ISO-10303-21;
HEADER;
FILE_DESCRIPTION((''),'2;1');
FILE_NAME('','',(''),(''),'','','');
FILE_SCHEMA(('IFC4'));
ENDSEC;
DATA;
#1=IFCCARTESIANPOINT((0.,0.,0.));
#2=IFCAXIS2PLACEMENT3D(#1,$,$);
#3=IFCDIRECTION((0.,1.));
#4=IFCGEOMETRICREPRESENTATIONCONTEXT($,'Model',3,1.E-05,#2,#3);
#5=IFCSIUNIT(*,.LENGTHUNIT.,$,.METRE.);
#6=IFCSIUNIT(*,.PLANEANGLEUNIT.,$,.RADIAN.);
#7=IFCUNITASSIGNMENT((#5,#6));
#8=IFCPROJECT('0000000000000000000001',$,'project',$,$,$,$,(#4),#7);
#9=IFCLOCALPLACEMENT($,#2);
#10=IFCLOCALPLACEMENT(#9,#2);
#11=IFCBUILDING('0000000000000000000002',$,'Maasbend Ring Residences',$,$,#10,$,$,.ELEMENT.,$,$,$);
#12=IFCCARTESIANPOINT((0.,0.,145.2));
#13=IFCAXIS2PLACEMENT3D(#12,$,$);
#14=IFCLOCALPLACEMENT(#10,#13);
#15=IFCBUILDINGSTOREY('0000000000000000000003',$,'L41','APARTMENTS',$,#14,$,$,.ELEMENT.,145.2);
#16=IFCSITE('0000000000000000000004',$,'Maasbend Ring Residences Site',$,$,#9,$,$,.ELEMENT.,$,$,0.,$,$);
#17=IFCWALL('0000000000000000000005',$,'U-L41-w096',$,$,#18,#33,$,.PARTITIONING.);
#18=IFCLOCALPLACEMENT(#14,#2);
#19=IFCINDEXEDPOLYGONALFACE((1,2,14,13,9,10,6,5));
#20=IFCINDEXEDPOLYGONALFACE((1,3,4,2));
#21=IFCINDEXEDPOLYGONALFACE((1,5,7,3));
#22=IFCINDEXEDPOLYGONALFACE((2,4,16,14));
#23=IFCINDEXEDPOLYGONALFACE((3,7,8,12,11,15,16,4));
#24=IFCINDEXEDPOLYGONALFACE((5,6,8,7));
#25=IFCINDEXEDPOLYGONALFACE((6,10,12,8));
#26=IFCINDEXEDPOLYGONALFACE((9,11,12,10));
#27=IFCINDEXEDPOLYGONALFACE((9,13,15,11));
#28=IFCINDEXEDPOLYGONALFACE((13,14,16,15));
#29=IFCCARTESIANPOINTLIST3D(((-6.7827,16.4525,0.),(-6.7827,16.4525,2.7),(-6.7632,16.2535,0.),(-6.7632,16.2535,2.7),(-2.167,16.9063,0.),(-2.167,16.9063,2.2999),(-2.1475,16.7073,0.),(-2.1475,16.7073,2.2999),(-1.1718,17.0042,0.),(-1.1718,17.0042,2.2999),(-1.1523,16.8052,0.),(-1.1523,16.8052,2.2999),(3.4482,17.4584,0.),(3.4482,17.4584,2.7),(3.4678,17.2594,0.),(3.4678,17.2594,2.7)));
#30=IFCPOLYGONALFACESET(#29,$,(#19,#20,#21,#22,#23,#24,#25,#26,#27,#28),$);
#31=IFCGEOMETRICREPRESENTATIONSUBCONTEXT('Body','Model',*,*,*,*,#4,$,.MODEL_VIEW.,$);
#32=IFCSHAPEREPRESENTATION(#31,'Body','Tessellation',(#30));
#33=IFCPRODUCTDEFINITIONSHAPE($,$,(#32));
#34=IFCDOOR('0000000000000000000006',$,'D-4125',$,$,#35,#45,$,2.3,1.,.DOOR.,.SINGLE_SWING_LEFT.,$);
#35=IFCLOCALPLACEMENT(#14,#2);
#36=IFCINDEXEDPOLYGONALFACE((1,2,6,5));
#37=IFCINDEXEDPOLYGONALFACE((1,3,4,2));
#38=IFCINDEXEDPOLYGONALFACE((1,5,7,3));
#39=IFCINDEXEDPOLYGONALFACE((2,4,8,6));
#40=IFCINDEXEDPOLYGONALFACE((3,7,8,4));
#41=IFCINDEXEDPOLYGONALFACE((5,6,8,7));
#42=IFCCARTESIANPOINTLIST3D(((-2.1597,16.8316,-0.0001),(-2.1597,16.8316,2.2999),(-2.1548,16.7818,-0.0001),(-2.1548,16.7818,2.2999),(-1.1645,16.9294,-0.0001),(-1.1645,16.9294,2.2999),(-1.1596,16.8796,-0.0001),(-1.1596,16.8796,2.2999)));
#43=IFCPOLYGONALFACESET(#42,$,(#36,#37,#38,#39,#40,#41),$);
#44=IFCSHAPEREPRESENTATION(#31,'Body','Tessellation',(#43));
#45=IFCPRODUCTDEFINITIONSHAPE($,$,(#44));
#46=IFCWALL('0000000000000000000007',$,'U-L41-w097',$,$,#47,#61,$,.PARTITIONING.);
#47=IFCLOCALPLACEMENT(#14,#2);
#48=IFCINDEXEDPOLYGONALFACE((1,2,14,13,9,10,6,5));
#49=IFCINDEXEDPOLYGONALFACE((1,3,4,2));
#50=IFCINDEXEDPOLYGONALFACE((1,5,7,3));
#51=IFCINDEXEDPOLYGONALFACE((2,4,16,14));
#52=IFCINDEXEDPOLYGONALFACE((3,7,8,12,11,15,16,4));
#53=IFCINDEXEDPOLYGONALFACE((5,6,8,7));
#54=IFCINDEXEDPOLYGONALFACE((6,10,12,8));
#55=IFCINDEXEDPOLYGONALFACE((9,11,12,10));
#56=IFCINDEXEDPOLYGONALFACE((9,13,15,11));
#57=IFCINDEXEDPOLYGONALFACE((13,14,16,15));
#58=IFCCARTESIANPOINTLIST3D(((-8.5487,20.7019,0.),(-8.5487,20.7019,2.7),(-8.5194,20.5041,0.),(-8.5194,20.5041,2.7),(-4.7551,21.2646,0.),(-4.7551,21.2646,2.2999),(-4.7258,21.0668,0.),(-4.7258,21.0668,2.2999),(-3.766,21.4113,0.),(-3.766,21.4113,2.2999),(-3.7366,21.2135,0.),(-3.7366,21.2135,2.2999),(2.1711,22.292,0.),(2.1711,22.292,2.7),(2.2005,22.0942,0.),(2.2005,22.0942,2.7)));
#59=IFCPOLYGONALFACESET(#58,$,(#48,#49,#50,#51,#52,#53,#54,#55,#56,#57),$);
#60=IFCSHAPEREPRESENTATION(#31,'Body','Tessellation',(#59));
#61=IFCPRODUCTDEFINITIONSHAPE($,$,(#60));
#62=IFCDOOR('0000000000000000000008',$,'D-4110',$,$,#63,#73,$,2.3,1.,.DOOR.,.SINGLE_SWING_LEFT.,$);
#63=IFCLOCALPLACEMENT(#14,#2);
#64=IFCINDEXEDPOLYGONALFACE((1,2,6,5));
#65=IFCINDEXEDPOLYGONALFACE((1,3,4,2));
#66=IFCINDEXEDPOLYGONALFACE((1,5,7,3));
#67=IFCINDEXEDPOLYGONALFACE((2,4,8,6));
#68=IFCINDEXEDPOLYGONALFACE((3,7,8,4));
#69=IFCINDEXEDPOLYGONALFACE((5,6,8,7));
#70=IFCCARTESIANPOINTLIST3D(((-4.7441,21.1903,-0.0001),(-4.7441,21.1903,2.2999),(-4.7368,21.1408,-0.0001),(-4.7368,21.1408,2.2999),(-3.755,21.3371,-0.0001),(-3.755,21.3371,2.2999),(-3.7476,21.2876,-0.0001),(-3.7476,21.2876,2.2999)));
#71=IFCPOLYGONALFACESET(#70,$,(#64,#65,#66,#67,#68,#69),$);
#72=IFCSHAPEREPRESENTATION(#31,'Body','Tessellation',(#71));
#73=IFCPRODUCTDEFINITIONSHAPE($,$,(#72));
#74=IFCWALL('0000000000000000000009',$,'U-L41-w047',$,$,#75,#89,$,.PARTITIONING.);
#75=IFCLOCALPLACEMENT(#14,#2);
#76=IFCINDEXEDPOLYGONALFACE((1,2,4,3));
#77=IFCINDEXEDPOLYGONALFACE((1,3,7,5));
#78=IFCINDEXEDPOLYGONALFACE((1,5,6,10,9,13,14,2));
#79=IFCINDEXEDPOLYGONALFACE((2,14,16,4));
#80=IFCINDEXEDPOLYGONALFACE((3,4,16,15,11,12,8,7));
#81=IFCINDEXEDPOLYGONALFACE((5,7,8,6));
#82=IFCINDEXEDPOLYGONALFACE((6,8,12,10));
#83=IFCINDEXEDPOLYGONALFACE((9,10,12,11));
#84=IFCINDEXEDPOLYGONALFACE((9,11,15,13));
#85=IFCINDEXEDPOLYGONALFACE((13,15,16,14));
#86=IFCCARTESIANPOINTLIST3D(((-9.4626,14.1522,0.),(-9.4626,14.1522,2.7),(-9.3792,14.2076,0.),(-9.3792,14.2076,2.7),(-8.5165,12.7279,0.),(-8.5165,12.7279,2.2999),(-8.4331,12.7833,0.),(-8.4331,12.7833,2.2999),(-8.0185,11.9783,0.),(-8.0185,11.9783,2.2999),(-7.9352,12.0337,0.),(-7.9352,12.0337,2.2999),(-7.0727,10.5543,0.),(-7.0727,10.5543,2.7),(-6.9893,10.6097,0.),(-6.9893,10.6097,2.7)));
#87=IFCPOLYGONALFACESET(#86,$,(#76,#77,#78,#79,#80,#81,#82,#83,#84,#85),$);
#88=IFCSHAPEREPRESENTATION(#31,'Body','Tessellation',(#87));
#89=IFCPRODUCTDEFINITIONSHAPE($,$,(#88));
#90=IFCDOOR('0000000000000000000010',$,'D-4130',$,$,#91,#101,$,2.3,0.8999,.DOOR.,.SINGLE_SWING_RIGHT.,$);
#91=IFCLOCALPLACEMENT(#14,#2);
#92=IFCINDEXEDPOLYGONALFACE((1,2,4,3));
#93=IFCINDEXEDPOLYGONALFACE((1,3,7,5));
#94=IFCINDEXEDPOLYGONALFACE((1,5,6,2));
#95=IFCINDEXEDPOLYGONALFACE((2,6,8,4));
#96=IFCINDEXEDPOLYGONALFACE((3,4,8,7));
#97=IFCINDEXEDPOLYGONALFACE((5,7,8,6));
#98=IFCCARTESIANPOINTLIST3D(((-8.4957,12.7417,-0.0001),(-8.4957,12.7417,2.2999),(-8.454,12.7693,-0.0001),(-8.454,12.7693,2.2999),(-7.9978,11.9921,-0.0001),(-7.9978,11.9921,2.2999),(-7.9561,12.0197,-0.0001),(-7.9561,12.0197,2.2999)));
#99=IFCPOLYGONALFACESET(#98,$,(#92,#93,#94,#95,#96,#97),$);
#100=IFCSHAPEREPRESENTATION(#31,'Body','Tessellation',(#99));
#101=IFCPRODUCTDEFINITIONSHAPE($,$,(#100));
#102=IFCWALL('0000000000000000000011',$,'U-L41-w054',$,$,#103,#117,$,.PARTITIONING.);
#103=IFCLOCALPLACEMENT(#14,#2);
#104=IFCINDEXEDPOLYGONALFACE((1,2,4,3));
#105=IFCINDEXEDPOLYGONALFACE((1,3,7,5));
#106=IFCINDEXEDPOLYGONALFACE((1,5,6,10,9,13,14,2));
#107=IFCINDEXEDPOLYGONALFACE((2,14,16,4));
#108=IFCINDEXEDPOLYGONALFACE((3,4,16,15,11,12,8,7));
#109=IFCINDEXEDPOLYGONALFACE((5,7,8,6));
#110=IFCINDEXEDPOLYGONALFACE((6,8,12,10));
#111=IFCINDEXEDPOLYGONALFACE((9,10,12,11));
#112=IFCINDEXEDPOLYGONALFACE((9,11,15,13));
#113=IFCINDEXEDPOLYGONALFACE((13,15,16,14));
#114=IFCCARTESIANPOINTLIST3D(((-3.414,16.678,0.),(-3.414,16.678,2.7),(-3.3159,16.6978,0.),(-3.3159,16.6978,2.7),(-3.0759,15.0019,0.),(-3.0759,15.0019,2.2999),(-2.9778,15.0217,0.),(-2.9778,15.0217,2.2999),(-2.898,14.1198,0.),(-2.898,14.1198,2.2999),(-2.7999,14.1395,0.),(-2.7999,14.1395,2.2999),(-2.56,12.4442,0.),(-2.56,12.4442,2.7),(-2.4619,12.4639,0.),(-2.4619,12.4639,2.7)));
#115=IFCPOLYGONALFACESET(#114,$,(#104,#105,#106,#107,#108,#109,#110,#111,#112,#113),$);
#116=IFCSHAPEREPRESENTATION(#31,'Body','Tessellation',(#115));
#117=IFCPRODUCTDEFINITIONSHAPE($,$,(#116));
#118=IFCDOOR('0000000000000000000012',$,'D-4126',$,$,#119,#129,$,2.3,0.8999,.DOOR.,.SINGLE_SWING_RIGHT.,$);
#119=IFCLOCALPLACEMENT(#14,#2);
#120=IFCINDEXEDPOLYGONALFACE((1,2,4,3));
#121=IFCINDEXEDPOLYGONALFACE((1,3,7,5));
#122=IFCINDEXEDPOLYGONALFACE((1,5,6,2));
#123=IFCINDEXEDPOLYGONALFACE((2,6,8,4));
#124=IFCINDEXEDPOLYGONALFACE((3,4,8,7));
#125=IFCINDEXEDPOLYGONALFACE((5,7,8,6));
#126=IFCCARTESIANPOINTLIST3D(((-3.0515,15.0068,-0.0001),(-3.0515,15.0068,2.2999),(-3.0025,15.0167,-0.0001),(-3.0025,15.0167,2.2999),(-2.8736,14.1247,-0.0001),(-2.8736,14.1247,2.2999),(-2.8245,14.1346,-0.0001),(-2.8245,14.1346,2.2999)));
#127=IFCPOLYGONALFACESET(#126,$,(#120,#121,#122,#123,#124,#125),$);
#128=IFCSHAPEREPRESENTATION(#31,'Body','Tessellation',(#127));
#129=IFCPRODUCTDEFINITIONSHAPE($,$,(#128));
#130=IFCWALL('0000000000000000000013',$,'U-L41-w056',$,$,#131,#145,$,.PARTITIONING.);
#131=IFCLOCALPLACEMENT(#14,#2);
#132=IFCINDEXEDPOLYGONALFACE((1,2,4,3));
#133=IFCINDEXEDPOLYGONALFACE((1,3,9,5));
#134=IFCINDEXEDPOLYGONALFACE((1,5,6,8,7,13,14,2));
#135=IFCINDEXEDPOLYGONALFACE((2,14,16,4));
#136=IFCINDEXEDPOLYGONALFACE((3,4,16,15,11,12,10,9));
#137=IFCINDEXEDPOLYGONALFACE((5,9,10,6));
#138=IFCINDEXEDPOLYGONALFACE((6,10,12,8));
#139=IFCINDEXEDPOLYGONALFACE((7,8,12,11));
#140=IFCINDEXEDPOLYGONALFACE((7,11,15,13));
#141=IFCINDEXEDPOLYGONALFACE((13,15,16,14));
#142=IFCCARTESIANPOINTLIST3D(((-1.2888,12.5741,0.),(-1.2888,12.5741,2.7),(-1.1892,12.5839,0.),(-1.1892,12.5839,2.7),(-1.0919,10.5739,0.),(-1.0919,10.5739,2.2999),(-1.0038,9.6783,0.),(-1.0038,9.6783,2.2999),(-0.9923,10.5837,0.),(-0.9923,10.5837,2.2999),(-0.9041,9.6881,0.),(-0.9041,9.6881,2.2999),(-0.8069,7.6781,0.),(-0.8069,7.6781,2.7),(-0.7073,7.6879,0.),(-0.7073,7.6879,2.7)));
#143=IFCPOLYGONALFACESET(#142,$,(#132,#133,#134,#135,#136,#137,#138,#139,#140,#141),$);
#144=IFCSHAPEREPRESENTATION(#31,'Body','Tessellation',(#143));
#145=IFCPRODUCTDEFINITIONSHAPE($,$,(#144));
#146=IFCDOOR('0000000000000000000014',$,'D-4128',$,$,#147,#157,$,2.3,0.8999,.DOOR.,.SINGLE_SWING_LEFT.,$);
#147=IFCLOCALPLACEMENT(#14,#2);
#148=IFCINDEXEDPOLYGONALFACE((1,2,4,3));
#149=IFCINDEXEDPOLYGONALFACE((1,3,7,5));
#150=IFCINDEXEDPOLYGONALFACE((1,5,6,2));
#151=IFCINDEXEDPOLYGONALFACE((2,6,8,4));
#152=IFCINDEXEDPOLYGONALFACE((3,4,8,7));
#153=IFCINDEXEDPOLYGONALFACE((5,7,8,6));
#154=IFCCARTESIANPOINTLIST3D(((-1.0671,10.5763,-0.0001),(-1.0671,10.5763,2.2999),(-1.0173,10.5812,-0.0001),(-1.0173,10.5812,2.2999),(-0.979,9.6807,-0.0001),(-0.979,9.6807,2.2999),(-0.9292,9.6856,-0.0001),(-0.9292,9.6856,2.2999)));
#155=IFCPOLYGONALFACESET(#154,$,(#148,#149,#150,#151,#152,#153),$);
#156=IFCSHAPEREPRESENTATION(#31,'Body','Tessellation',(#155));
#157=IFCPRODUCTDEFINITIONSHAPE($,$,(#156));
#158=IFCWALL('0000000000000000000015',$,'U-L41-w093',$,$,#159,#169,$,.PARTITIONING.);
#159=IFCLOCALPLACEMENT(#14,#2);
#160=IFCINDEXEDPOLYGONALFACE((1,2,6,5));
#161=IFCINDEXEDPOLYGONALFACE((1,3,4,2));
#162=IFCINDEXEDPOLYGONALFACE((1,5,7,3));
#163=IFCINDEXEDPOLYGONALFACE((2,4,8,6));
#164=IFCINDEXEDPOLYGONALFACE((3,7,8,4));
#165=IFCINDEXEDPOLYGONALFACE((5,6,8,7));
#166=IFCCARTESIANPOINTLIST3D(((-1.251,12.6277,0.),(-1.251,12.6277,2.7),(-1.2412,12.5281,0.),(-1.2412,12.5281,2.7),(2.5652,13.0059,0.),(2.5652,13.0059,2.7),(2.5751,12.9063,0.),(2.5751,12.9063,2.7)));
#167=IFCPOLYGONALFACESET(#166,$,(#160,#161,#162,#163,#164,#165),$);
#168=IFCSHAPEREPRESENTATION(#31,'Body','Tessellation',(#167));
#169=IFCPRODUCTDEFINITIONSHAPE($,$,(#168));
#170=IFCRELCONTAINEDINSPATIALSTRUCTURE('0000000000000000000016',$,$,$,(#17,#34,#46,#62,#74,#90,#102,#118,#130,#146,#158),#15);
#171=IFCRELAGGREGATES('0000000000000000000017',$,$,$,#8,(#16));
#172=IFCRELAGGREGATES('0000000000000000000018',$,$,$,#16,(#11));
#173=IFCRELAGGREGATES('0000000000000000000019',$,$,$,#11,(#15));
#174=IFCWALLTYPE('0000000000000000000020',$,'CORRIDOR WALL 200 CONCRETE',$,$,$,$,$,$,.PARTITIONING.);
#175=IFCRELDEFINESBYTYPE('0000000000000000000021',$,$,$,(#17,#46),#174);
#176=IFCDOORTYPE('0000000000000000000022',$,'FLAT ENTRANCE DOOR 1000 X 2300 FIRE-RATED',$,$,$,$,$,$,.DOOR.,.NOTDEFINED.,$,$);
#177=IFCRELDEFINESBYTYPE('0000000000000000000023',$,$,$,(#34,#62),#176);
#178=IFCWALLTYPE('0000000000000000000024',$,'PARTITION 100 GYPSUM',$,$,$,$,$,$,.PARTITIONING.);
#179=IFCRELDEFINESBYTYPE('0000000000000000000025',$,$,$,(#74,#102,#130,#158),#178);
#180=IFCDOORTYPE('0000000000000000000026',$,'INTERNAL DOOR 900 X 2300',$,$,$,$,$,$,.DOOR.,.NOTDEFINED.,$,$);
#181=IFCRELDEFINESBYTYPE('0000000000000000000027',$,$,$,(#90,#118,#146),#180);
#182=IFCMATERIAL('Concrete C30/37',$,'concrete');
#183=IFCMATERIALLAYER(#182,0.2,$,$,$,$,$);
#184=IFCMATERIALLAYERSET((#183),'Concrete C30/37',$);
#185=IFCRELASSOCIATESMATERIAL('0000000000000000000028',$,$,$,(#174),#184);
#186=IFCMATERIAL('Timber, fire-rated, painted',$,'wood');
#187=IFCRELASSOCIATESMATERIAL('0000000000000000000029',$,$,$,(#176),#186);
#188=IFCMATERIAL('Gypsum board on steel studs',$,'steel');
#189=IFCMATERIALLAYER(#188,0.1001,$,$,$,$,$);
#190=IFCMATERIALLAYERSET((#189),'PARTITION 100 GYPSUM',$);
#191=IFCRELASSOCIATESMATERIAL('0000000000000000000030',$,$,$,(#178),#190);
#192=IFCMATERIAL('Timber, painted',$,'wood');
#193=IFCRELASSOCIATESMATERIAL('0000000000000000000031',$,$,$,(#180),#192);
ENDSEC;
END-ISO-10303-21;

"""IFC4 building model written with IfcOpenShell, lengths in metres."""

from ifc_helpers import new_model, si_unit, direction, frame, frame_2d, origin, place, context, subcontext, project, spatial, rectangle, extrude, material, layer, layer_set, type_object, element, fill, save


model = new_model("IFC4")

# Units and contexts
model_context = context("Model", 3, precision=1e-05, world=origin(), true_north=direction((0.0, 1.0)))
body_context = subcontext(model_context, "Body", "Model", "MODEL_VIEW")
ifc_project = project(units=[si_unit("LENGTHUNIT", "METRE"), si_unit("PLANEANGLEUNIT", "RADIAN")], contexts=[model_context])

# Site, building, storey
site_placement = place(None, origin())
site = spatial("IfcSite", under=ifc_project, at=site_placement, Name="Maasbend Ring Residences Site", CompositionType="ELEMENT", RefElevation=0.0)
building_placement = place(site_placement, origin())
building = spatial("IfcBuilding", under=site, at=building_placement, Name="Maasbend Ring Residences", CompositionType="ELEMENT")
storey_placement = place(building_placement, frame((0.0, 0.0, 145.2)))
storey = spatial("IfcBuildingStorey", under=building, at=storey_placement, Name="L41", Description="APARTMENTS", CompositionType="ELEMENT", Elevation=145.2)

# Walls, openings, doors
ifc_material_1 = material(Name="Concrete C30/37", Category="concrete")
ifc_layer_1 = layer(ifc_material_1, 0.2)
ifc_layer_set_1 = layer_set([ifc_layer_1], Name="Concrete C30/37")
wall_type_1 = type_object("IfcWallType", Name="CORRIDOR WALL 200 CONCRETE", PredefinedType="PARTITIONING", material=ifc_layer_set_1)
wall_1_placement = place(storey_placement, frame((-6.7729, 16.353, 0.0), z_axis=(0.0, 0.0, 1.0), x_axis=(0.995202, 0.097844, 0.0)))
wall_1 = element("IfcWall", 1, at=wall_1_placement, inside=storey, type_object=wall_type_1, Name="U-L41-w096", PredefinedType="PARTITIONING", context=body_context, shape_type="SweptSolid", body=[
    extrude(rectangle(XDim=10.2803, YDim=0.2, at=frame_2d((5.1401, 0.0))), origin(), (0.0, 0.0, 1.0), 2.7),
])
opening_1_placement = place(wall_1_placement, frame((4.6379, 0.0, 0.0)))
opening_1 = element("IfcOpeningElement", 2, at=opening_1_placement, cuts=wall_1, PredefinedType="OPENING", context=body_context, shape_type="SweptSolid", body=[
    extrude(rectangle(XDim=1.0, YDim=2.3, at=frame_2d((0.5, 1.1499))), frame((0.0, 0.1099, 0.0), z_axis=(0.0, -1.0, 0.0), x_axis=(1.0, 0.0, 0.0)), (0.0, 0.0, 1.0), 0.22),
])
ifc_material_2 = material(Name="Timber, fire-rated, painted", Category="wood")
door_type_1 = type_object("IfcDoorType", Name="FLAT ENTRANCE DOOR 1000 X 2300 FIRE-RATED", OperationType="NOTDEFINED", PredefinedType="DOOR", material=ifc_material_2)
door_1_placement = place(opening_1_placement, origin())
door_1 = element("IfcDoor", 3, at=door_1_placement, inside=storey, type_object=door_type_1, Name="D-4125", OperationType="SINGLE_SWING_LEFT", OverallHeight=2.3, OverallWidth=1.0, PredefinedType="DOOR", context=body_context, shape_type="SweptSolid", body=[
    extrude(rectangle(XDim=1.0, YDim=2.3, at=frame_2d((0.5, 1.1499))), frame((0.0, 0.0249, 0.0), z_axis=(0.0, -1.0, 0.0), x_axis=(1.0, 0.0, 0.0)), (0.0, 0.0, 1.0), 0.05),
])
fill(opening_1, door_1)
wall_2_placement = place(storey_placement, frame((-8.5339, 20.603, 0.0), z_axis=(0.0, 0.0, 1.0), x_axis=(0.989177, 0.146724, 0.0)))
wall_2 = element("IfcWall", 4, at=wall_2_placement, inside=storey, type_object=wall_type_1, Name="U-L41-w097", PredefinedType="PARTITIONING", context=body_context, shape_type="SweptSolid", body=[
    extrude(rectangle(XDim=10.8372, YDim=0.2, at=frame_2d((5.4185, 0.0))), origin(), (0.0, 0.0, 1.0), 2.7),
])
opening_2_placement = place(wall_2_placement, frame((3.835, 0.0, 0.0)))
opening_2 = element("IfcOpeningElement", 5, at=opening_2_placement, cuts=wall_2, PredefinedType="OPENING", context=body_context, shape_type="SweptSolid", body=[
    extrude(rectangle(XDim=1.0, YDim=2.3, at=frame_2d((0.5, 1.1499))), frame((0.0, 0.1099, 0.0), z_axis=(0.0, -1.0, 0.0), x_axis=(1.0, 0.0, 0.0)), (0.0, 0.0, 1.0), 0.22),
])
door_2_placement = place(opening_2_placement, origin())
door_2 = element("IfcDoor", 6, at=door_2_placement, inside=storey, type_object=door_type_1, Name="D-4110", OperationType="SINGLE_SWING_LEFT", OverallHeight=2.3, OverallWidth=1.0, PredefinedType="DOOR", context=body_context, shape_type="SweptSolid", body=[
    extrude(rectangle(XDim=1.0, YDim=2.3, at=frame_2d((0.5, 1.1499))), frame((0.0, 0.0249, 0.0), z_axis=(0.0, -1.0, 0.0), x_axis=(1.0, 0.0, 0.0)), (0.0, 0.0, 1.0), 0.05),
])
fill(opening_2, door_2)
ifc_material_3 = material(Name="Gypsum board on steel studs", Category="steel")
ifc_layer_2 = layer(ifc_material_3, 0.1001)
ifc_layer_set_2 = layer_set([ifc_layer_2], Name="PARTITION 100 GYPSUM")
wall_type_2 = type_object("IfcWallType", Name="PARTITION 100 GYPSUM", PredefinedType="PARTITIONING", material=ifc_layer_set_2)
wall_3_placement = place(storey_placement, frame((-9.4209, 14.1799, 0.0), z_axis=(0.0, 0.0, 1.0), x_axis=(0.553304, -0.83298, 0.0)))
wall_3 = element("IfcWall", 7, at=wall_3_placement, inside=storey, type_object=wall_type_2, Name="U-L41-w047", PredefinedType="PARTITIONING", context=body_context, shape_type="SweptSolid", body=[
    extrude(rectangle(XDim=4.3193, YDim=0.1001, at=frame_2d((2.1597, 0.0))), origin(), (0.0, 0.0, 1.0), 2.7),
])
opening_3_placement = place(wall_3_placement, frame((1.71, 0.0, 0.0)))
opening_3 = element("IfcOpeningElement", 8, at=opening_3_placement, cuts=wall_3, PredefinedType="OPENING", context=body_context, shape_type="SweptSolid", body=[
    extrude(rectangle(XDim=0.8999, YDim=2.3, at=frame_2d((0.45, 1.1499))), frame((0.0, 0.0601, 0.0), z_axis=(0.0, -1.0, 0.0), x_axis=(1.0, 0.0, 0.0)), (0.0, 0.0, 1.0), 0.1201),
])
ifc_material_4 = material(Name="Timber, painted", Category="wood")
door_type_2 = type_object("IfcDoorType", Name="INTERNAL DOOR 900 X 2300", OperationType="NOTDEFINED", PredefinedType="DOOR", material=ifc_material_4)
door_3_placement = place(opening_3_placement, origin())
door_3 = element("IfcDoor", 9, at=door_3_placement, inside=storey, type_object=door_type_2, Name="D-4130", OperationType="SINGLE_SWING_RIGHT", OverallHeight=2.3, OverallWidth=0.8999, PredefinedType="DOOR", context=body_context, shape_type="SweptSolid", body=[
    extrude(rectangle(XDim=0.8999, YDim=2.3, at=frame_2d((0.45, 1.1499))), frame((0.0, 0.0249, 0.0), z_axis=(0.0, -1.0, 0.0), x_axis=(1.0, 0.0, 0.0)), (0.0, 0.0, 1.0), 0.05),
])
fill(opening_3, door_3)
wall_4_placement = place(storey_placement, frame((-3.365, 16.688, 0.0), z_axis=(0.0, 0.0, 1.0), x_axis=(0.197725, -0.980258, 0.0)))
wall_4 = element("IfcWall", 10, at=wall_4_placement, inside=storey, type_object=wall_type_2, Name="U-L41-w054", PredefinedType="PARTITIONING", context=body_context, shape_type="SweptSolid", body=[
    extrude(rectangle(XDim=4.3191, YDim=0.1001, at=frame_2d((2.1597, 0.0))), origin(), (0.0, 0.0, 1.0), 2.7),
])
opening_4_placement = place(wall_4_placement, frame((1.71, 0.0, 0.0)))
opening_4 = element("IfcOpeningElement", 11, at=opening_4_placement, cuts=wall_4, PredefinedType="OPENING", context=body_context, shape_type="SweptSolid", body=[
    extrude(rectangle(XDim=0.8999, YDim=2.3, at=frame_2d((0.45, 1.1499))), frame((0.0, 0.0601, 0.0), z_axis=(0.0, -1.0, 0.0), x_axis=(1.0, 0.0, 0.0)), (0.0, 0.0, 1.0), 0.1201),
])
door_4_placement = place(opening_4_placement, origin())
door_4 = element("IfcDoor", 12, at=door_4_placement, inside=storey, type_object=door_type_2, Name="D-4126", OperationType="SINGLE_SWING_RIGHT", OverallHeight=2.3, OverallWidth=0.8999, PredefinedType="DOOR", context=body_context, shape_type="SweptSolid", body=[
    extrude(rectangle(XDim=0.8999, YDim=2.3, at=frame_2d((0.45, 1.1499))), frame((0.0, 0.0249, 0.0), z_axis=(0.0, -1.0, 0.0), x_axis=(1.0, 0.0, 0.0)), (0.0, 0.0, 1.0), 0.05),
])
fill(opening_4, door_4)
wall_5_placement = place(storey_placement, frame((-1.239, 12.5791, 0.0), z_axis=(0.0, 0.0, 1.0), x_axis=(0.097961, -0.99519, 0.0)))
wall_5 = element("IfcWall", 13, at=wall_5_placement, inside=storey, type_object=wall_type_2, Name="U-L41-w056", PredefinedType="PARTITIONING", context=body_context, shape_type="SweptSolid", body=[
    extrude(rectangle(XDim=4.9197, YDim=0.1001, at=frame_2d((2.46, 0.0))), origin(), (0.0, 0.0, 1.0), 2.7),
])
opening_5_placement = place(wall_5_placement, frame((2.01, 0.0, 0.0)))
opening_5 = element("IfcOpeningElement", 14, at=opening_5_placement, cuts=wall_5, PredefinedType="OPENING", context=body_context, shape_type="SweptSolid", body=[
    extrude(rectangle(XDim=0.8999, YDim=2.3, at=frame_2d((0.45, 1.1499))), frame((0.0, 0.0601, 0.0), z_axis=(0.0, -1.0, 0.0), x_axis=(1.0, 0.0, 0.0)), (0.0, 0.0, 1.0), 0.1201),
])
door_5_placement = place(opening_5_placement, origin())
door_5 = element("IfcDoor", 15, at=door_5_placement, inside=storey, type_object=door_type_2, Name="D-4128", OperationType="SINGLE_SWING_LEFT", OverallHeight=2.3, OverallWidth=0.8999, PredefinedType="DOOR", context=body_context, shape_type="SweptSolid", body=[
    extrude(rectangle(XDim=0.8999, YDim=2.3, at=frame_2d((0.45, 1.1499))), frame((0.0, 0.0249, 0.0), z_axis=(0.0, -1.0, 0.0), x_axis=(1.0, 0.0, 0.0)), (0.0, 0.0, 1.0), 0.05),
])
fill(opening_5, door_5)

# Wall
wall_6_placement = place(storey_placement, frame((-1.2461, 12.5779, 0.0), z_axis=(0.0, 0.0, 1.0), x_axis=(0.995126, 0.098615, 0.0)))
element("IfcWall", 16, at=wall_6_placement, inside=storey, type_object=wall_type_2, Name="U-L41-w093", PredefinedType="PARTITIONING", context=body_context, shape_type="SweptSolid", body=[
    extrude(rectangle(XDim=3.835, YDim=0.1001, at=frame_2d((1.9175, 0.0))), origin(), (0.0, 0.0, 1.0), 2.7),
])

save(model, "model.ifc")
